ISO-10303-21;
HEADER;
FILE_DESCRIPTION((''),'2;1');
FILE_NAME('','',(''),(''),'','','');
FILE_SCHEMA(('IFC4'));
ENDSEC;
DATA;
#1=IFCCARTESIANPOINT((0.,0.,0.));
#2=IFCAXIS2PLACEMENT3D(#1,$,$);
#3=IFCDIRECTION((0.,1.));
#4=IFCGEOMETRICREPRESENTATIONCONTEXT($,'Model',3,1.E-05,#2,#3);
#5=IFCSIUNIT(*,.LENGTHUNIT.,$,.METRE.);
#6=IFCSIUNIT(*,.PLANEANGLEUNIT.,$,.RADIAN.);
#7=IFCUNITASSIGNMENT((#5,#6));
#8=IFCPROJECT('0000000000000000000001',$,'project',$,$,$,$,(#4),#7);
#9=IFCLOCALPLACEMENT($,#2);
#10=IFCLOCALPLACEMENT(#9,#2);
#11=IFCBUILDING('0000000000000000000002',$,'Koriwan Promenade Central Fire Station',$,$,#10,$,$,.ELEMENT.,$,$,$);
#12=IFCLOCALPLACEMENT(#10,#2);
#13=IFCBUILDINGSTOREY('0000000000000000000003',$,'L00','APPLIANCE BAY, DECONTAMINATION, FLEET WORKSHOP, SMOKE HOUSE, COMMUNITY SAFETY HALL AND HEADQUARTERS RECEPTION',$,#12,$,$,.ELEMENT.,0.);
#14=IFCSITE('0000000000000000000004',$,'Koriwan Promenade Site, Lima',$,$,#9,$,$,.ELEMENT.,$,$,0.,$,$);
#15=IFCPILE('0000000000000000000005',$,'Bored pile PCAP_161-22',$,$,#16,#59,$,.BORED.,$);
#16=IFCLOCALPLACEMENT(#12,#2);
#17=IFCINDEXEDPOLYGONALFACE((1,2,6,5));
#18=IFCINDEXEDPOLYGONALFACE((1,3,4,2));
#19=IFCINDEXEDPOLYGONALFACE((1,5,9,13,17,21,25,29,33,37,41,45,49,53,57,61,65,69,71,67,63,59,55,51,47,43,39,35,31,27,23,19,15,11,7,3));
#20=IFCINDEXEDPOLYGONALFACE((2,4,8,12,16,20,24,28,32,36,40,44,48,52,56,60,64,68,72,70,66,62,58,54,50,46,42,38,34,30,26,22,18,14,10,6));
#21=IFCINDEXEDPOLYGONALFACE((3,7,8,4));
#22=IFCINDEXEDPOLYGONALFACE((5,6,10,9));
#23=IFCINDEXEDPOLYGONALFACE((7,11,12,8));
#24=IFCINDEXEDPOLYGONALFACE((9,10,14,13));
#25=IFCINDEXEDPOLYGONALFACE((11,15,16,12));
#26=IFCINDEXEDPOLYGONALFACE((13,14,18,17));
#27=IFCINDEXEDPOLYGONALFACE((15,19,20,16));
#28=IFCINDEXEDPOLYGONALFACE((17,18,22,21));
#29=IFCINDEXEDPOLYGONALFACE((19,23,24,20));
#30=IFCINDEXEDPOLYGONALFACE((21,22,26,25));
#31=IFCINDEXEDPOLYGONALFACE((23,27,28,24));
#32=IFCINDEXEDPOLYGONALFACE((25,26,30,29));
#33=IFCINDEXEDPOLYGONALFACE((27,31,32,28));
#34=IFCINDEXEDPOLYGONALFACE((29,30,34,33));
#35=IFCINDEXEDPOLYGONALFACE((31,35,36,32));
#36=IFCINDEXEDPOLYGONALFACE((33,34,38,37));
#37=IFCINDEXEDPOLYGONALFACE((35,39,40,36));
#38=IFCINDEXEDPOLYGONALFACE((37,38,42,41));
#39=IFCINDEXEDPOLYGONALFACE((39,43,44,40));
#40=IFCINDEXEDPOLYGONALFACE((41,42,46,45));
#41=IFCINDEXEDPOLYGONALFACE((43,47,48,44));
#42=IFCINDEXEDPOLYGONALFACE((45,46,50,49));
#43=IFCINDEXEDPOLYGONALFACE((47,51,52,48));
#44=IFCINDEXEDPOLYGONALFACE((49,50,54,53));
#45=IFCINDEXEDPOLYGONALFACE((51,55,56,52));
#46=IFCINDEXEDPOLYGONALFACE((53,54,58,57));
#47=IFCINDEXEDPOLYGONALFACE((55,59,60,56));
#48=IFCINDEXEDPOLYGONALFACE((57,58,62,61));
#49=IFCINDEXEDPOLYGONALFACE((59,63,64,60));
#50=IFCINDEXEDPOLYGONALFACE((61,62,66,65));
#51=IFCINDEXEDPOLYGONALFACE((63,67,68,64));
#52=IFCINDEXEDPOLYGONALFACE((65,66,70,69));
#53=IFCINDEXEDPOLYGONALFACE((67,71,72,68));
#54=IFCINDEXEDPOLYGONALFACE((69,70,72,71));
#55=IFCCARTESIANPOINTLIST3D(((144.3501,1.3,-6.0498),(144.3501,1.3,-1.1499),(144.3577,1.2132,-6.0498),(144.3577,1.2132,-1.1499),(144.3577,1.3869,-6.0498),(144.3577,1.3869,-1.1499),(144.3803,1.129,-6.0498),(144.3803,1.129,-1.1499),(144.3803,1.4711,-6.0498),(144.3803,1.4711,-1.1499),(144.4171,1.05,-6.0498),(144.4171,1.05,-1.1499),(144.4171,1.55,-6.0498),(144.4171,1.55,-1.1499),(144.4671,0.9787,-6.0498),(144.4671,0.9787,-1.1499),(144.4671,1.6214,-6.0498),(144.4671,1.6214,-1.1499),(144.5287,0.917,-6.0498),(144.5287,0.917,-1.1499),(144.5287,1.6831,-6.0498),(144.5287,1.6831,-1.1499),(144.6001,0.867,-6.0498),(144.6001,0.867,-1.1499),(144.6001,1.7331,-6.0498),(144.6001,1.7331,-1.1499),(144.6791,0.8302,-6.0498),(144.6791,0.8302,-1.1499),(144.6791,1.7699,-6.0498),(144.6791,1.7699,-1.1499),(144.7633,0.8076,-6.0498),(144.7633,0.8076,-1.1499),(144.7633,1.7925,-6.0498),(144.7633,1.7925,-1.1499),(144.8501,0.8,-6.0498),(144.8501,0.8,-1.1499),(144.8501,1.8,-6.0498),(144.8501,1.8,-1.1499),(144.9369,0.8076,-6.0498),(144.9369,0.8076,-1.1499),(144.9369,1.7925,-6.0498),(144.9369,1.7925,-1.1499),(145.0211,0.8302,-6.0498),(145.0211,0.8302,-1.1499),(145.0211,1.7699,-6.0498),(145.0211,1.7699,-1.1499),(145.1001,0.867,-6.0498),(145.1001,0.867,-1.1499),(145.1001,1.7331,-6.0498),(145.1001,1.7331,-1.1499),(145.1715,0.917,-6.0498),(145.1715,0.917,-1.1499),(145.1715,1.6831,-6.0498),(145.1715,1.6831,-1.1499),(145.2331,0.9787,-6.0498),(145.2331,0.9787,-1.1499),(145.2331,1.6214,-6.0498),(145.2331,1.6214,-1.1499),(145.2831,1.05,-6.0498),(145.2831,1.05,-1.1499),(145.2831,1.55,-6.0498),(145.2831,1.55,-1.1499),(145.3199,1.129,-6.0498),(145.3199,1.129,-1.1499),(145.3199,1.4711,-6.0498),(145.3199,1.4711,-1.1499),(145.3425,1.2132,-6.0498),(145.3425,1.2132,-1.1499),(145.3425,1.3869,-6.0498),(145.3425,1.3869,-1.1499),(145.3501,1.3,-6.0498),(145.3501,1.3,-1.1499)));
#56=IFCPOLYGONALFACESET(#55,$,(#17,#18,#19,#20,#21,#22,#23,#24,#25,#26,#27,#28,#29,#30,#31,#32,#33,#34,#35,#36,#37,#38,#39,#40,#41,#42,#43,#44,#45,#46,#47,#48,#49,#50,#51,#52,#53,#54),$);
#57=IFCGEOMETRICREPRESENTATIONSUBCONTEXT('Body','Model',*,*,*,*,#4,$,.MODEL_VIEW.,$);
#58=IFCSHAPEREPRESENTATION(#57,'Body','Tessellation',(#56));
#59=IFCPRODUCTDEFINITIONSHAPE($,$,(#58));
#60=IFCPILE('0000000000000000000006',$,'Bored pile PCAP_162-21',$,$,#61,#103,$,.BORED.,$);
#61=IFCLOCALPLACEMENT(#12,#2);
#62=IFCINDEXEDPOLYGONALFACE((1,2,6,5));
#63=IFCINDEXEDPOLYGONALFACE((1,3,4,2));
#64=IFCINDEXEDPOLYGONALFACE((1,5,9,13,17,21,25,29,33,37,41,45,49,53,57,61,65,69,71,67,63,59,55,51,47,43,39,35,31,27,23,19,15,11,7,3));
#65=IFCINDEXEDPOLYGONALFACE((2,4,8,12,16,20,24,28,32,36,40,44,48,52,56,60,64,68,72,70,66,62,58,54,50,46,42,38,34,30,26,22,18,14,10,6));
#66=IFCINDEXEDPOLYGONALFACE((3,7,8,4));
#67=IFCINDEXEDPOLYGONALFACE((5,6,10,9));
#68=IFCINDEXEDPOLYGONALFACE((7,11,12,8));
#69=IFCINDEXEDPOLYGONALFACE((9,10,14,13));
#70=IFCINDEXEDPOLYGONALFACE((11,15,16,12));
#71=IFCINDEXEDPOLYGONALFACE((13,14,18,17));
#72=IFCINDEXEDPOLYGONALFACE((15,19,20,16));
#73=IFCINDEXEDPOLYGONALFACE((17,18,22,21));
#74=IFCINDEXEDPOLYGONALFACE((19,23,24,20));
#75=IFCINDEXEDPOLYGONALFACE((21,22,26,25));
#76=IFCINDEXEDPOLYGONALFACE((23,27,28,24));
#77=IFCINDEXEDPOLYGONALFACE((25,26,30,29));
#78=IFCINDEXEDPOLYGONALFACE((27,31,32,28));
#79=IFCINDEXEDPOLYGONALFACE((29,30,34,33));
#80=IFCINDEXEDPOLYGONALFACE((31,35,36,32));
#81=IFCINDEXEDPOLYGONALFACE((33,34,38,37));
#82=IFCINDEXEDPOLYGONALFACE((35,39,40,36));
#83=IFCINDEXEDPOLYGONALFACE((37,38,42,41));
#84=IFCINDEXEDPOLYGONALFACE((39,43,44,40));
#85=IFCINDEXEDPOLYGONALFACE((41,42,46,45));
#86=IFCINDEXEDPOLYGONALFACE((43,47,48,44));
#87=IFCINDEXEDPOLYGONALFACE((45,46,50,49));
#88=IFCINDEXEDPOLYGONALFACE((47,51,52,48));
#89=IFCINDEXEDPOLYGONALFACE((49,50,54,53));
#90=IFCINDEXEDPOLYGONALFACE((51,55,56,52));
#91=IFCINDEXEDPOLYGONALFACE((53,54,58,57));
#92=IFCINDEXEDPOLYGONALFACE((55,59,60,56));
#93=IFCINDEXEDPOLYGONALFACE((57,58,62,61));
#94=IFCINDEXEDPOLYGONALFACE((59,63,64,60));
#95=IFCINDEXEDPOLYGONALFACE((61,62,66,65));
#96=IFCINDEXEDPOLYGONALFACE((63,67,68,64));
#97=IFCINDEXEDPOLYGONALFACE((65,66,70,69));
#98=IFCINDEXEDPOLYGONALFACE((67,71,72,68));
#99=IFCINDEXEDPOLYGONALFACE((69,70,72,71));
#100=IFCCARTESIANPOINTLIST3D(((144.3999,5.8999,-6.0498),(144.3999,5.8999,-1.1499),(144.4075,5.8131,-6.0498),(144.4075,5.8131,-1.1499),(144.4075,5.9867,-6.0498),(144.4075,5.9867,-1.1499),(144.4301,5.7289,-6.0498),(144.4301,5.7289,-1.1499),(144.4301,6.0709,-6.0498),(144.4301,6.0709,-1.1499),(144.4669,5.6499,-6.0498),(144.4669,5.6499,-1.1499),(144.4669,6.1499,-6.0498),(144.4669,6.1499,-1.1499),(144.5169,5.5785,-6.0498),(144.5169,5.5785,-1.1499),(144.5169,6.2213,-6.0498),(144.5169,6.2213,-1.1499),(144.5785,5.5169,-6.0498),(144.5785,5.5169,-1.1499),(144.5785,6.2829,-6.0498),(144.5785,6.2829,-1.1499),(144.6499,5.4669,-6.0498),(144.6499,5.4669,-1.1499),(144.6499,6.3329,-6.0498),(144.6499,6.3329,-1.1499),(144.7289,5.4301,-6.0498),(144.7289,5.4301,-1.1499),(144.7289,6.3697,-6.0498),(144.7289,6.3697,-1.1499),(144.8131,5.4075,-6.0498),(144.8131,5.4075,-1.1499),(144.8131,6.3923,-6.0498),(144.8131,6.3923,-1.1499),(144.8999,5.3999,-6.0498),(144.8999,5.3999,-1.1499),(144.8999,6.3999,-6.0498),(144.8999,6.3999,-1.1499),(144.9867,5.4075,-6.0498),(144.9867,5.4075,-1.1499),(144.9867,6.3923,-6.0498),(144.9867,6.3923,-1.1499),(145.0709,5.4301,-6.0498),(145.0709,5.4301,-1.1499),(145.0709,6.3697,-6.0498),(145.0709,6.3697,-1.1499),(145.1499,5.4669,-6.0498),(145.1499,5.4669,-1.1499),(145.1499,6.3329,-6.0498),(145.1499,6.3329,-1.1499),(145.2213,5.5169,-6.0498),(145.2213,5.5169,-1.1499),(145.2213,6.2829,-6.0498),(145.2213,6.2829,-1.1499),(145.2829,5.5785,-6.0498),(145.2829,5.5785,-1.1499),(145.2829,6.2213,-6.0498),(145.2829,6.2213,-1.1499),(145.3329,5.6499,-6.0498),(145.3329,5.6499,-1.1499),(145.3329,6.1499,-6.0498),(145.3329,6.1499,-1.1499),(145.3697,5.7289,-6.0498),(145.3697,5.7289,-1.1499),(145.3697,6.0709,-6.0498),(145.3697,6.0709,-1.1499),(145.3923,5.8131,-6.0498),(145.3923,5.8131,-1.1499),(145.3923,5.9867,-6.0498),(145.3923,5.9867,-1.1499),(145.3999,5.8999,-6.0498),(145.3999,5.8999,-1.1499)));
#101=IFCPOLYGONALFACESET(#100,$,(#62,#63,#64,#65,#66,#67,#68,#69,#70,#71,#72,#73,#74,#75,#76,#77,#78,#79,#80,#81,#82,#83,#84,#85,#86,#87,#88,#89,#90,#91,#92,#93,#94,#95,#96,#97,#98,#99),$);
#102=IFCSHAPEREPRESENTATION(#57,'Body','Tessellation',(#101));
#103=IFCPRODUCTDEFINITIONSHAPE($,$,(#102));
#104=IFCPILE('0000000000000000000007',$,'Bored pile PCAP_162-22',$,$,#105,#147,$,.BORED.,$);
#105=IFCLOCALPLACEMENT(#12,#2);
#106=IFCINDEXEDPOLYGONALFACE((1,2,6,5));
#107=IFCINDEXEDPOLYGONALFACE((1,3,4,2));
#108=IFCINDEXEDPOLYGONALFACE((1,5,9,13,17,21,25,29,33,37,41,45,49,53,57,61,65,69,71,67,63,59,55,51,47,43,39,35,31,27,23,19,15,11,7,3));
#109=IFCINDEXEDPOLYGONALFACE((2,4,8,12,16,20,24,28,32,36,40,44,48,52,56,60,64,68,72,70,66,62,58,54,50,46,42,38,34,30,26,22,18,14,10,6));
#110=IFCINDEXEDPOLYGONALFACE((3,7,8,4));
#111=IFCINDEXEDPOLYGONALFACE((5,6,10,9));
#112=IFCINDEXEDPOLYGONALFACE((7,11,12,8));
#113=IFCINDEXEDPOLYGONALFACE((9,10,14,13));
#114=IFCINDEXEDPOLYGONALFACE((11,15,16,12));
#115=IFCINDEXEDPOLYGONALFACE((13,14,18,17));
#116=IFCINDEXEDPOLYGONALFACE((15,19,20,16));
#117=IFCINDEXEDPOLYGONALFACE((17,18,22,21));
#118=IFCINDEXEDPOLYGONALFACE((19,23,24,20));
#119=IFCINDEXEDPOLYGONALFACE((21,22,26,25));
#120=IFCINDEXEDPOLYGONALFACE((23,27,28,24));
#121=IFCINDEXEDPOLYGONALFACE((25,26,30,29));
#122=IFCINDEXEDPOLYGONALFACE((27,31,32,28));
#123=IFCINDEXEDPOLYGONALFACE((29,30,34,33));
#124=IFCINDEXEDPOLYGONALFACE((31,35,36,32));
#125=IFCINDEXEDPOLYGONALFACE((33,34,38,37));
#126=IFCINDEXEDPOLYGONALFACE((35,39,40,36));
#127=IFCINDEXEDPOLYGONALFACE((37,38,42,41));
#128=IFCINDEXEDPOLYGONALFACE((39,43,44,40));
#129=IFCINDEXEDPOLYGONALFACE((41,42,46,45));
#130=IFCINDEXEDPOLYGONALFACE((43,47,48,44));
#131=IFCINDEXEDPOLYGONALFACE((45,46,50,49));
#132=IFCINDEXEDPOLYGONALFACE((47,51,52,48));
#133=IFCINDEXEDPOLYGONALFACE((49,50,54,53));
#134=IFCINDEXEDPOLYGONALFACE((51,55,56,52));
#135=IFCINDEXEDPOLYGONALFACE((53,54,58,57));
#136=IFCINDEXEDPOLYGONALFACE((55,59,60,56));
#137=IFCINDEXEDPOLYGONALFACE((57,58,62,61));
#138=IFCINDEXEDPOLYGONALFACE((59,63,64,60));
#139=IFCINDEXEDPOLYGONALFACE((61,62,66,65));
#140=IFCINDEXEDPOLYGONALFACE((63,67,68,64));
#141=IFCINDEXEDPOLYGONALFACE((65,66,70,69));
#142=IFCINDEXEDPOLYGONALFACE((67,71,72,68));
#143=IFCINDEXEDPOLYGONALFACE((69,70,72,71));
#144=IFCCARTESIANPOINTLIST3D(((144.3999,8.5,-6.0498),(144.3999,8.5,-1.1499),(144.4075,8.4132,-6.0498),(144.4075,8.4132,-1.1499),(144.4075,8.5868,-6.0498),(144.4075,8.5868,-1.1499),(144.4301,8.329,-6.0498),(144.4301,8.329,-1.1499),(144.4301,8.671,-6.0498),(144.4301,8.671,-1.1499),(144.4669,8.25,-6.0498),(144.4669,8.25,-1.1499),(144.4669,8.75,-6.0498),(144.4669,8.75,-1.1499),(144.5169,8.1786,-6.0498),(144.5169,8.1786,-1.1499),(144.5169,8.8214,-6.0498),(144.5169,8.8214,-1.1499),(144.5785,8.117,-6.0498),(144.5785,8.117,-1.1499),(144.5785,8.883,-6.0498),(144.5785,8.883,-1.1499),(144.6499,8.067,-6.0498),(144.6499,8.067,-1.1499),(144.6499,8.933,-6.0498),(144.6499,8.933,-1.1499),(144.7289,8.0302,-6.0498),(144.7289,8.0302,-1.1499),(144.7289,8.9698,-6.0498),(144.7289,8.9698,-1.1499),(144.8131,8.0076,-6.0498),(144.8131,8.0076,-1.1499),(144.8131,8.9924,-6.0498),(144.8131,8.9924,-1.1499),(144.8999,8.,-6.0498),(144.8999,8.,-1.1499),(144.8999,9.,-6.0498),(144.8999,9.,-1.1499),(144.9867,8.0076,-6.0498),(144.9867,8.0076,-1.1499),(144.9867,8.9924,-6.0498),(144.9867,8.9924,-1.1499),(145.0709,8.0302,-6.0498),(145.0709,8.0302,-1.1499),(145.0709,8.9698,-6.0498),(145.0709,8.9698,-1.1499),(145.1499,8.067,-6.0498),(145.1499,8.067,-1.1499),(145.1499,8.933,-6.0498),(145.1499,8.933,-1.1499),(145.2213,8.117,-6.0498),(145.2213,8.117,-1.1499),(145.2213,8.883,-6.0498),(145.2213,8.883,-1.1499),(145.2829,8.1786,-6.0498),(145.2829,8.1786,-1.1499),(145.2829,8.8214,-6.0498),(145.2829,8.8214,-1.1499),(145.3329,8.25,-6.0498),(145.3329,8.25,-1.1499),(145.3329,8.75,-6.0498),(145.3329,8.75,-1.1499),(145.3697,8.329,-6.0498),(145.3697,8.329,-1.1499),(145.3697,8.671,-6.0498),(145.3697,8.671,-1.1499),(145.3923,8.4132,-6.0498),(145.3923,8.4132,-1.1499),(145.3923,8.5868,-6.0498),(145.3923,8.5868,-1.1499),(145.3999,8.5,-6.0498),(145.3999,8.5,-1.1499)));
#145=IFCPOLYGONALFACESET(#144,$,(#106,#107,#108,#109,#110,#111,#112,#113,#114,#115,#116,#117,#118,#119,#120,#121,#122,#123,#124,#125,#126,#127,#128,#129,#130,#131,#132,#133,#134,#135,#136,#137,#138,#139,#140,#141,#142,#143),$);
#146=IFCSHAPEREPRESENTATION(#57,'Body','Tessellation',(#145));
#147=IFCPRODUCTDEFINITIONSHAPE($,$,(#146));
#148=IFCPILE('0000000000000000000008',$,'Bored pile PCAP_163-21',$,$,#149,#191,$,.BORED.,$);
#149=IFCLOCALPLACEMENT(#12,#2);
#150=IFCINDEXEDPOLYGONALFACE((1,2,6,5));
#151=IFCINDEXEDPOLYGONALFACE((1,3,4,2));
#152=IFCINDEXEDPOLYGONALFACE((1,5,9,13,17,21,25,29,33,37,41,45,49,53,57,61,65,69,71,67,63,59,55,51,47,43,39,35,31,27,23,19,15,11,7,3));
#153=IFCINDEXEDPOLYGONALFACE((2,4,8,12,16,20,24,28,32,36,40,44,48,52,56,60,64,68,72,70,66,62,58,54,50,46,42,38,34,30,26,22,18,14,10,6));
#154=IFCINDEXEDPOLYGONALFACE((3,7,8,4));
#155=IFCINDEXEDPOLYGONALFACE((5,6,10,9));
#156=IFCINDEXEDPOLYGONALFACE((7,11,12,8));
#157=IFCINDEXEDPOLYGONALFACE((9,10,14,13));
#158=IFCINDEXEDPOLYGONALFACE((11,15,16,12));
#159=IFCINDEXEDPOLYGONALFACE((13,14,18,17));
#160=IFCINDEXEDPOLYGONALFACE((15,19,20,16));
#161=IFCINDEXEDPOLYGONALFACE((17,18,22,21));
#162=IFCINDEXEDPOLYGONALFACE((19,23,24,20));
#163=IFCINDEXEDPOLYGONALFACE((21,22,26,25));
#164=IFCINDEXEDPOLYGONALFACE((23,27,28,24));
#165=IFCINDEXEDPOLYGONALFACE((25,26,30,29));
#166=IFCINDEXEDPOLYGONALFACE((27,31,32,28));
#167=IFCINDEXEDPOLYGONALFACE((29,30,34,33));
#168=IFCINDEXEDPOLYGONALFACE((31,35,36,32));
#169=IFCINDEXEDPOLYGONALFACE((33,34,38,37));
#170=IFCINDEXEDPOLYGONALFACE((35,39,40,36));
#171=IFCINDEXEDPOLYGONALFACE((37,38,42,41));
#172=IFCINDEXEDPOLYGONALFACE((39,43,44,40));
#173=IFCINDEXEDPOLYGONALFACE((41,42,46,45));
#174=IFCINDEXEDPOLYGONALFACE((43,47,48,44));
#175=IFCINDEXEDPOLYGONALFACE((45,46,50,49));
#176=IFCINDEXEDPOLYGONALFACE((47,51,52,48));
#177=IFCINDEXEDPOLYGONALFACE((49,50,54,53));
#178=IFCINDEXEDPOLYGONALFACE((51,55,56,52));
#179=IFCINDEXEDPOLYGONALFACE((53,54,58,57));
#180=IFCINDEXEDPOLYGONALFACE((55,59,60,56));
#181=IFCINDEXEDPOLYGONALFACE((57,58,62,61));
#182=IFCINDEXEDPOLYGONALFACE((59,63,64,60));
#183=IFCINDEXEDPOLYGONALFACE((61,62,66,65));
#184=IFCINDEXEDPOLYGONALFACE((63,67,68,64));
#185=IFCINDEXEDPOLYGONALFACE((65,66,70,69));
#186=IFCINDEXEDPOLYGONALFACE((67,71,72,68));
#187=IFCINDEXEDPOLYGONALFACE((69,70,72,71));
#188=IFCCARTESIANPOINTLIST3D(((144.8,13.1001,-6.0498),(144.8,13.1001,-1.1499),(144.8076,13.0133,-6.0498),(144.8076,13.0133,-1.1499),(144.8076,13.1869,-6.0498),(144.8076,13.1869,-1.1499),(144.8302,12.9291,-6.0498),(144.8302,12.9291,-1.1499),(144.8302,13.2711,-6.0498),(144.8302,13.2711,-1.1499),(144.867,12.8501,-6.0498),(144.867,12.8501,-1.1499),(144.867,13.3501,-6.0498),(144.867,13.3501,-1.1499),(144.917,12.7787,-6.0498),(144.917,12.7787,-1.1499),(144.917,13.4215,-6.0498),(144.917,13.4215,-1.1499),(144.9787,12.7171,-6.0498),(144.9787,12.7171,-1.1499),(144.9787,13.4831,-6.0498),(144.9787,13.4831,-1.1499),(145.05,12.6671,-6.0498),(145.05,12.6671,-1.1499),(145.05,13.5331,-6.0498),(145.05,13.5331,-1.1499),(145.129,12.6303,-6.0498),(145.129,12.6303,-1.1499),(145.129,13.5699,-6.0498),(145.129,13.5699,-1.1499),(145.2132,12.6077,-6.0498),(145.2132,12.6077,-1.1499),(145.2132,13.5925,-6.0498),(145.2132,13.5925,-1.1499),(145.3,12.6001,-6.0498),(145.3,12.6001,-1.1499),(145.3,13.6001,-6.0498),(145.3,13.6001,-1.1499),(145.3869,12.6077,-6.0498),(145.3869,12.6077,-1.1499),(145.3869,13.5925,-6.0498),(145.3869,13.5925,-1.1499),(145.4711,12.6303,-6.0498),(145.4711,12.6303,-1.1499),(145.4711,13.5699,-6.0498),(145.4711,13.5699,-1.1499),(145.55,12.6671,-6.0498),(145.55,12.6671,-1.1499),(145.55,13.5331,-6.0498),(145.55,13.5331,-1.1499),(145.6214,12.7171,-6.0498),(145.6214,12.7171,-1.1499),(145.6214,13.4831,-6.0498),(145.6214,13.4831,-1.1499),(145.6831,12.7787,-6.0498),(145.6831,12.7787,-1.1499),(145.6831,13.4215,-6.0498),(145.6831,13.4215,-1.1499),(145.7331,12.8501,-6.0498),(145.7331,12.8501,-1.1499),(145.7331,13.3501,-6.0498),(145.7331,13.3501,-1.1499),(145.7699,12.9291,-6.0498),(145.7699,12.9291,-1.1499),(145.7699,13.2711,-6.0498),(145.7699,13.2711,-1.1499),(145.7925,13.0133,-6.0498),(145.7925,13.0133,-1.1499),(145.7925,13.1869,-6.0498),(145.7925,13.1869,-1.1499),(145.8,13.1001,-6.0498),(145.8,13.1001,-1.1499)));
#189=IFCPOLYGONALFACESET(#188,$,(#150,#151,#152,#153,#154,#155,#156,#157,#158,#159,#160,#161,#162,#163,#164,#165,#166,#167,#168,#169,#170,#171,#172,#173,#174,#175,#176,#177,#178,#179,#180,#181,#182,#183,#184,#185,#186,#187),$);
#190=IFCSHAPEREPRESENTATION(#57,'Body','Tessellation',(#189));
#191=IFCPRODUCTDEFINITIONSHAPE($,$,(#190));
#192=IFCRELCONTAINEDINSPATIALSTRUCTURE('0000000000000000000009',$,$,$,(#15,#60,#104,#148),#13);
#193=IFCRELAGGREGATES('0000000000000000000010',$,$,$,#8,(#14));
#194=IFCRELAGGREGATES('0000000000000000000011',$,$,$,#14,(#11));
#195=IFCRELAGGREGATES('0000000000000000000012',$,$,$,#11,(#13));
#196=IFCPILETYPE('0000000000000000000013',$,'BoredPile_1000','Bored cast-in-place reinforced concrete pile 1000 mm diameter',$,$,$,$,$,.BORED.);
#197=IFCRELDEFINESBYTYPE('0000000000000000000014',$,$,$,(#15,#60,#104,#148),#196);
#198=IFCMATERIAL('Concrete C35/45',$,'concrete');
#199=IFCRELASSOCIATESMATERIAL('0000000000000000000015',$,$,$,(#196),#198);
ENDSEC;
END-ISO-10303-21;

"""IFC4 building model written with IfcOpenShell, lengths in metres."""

from ifc_helpers import new_model, si_unit, direction, frame, origin, origin_2d, place, context, subcontext, project, spatial, circle, extrude, material, material_profile, profile_set, type_object, element, save


model = new_model("IFC4")

# Units and contexts
model_context = context("Model", 3, precision=1e-05, world=origin(), true_north=direction((0.0, 1.0)))
body_context = subcontext(model_context, "Body", "Model", "MODEL_VIEW")
ifc_project = project(units=[si_unit("LENGTHUNIT", "METRE"), si_unit("PLANEANGLEUNIT", "RADIAN")], contexts=[model_context])

# Site, building, storey
site_placement = place(None, origin())
site = spatial("IfcSite", under=ifc_project, at=site_placement, Name="Koriwan Promenade Site, Lima", CompositionType="ELEMENT", RefElevation=0.0)
building_placement = place(site_placement, origin())
building = spatial("IfcBuilding", under=site, at=building_placement, Name="Koriwan Promenade Central Fire Station", CompositionType="ELEMENT")
storey_placement = place(building_placement, origin())
storey = spatial("IfcBuildingStorey", under=building, at=storey_placement, Name="L00", Description="APPLIANCE BAY, DECONTAMINATION, FLEET WORKSHOP, SMOKE HOUSE, COMMUNITY SAFETY HALL AND HEADQUARTERS RECEPTION", CompositionType="ELEMENT", Elevation=0.0)

# Piles
ifc_material_1 = material(Name="Concrete C35/45", Category="concrete")
ifc_material_profile_1 = material_profile(ifc_material_1, circle(Radius=0.5, at=origin_2d()), Name="PILE-D1000")
ifc_profile_set_1 = profile_set([ifc_material_profile_1], Name="Concrete C35/45")
pile_type_1 = type_object("IfcPileType", Name="BoredPile_1000", Description="Bored cast-in-place reinforced concrete pile 1000 mm diameter", PredefinedType="BORED", material=ifc_profile_set_1)
for number, where, z_axis, x_axis, name in (
    (1, (144.8501, 1.3, -1.1499), (0.0, 0.0, -1.0), (1.0, 0.0, 0.0), "Bored pile PCAP_161-22"),
    (2, (144.8999, 5.8999, -1.1499), (0.0, 0.0, -1.0), (1.0, 0.0, 0.0), "Bored pile PCAP_162-21"),
    (3, (144.8999, 8.5, -1.1499), (0.0, 0.0, -1.0), (1.0, 0.0, 0.0), "Bored pile PCAP_162-22"),
    (4, (145.3, 13.1001, -1.1499), (0.0, 0.0, -1.0), (1.0, 0.0, 0.0), "Bored pile PCAP_163-21"),
):
    element("IfcPile", number, at=place(storey_placement, frame(where, z_axis=z_axis, x_axis=x_axis)), inside=storey, type_object=pile_type_1, Name=name, PredefinedType="BORED", context=body_context, shape_type="SweptSolid", body=[
        extrude(circle(Radius=0.5, at=origin_2d()), origin(), (0.0, 0.0, 1.0), 4.8999),
    ])

save(model, "model.ifc")
